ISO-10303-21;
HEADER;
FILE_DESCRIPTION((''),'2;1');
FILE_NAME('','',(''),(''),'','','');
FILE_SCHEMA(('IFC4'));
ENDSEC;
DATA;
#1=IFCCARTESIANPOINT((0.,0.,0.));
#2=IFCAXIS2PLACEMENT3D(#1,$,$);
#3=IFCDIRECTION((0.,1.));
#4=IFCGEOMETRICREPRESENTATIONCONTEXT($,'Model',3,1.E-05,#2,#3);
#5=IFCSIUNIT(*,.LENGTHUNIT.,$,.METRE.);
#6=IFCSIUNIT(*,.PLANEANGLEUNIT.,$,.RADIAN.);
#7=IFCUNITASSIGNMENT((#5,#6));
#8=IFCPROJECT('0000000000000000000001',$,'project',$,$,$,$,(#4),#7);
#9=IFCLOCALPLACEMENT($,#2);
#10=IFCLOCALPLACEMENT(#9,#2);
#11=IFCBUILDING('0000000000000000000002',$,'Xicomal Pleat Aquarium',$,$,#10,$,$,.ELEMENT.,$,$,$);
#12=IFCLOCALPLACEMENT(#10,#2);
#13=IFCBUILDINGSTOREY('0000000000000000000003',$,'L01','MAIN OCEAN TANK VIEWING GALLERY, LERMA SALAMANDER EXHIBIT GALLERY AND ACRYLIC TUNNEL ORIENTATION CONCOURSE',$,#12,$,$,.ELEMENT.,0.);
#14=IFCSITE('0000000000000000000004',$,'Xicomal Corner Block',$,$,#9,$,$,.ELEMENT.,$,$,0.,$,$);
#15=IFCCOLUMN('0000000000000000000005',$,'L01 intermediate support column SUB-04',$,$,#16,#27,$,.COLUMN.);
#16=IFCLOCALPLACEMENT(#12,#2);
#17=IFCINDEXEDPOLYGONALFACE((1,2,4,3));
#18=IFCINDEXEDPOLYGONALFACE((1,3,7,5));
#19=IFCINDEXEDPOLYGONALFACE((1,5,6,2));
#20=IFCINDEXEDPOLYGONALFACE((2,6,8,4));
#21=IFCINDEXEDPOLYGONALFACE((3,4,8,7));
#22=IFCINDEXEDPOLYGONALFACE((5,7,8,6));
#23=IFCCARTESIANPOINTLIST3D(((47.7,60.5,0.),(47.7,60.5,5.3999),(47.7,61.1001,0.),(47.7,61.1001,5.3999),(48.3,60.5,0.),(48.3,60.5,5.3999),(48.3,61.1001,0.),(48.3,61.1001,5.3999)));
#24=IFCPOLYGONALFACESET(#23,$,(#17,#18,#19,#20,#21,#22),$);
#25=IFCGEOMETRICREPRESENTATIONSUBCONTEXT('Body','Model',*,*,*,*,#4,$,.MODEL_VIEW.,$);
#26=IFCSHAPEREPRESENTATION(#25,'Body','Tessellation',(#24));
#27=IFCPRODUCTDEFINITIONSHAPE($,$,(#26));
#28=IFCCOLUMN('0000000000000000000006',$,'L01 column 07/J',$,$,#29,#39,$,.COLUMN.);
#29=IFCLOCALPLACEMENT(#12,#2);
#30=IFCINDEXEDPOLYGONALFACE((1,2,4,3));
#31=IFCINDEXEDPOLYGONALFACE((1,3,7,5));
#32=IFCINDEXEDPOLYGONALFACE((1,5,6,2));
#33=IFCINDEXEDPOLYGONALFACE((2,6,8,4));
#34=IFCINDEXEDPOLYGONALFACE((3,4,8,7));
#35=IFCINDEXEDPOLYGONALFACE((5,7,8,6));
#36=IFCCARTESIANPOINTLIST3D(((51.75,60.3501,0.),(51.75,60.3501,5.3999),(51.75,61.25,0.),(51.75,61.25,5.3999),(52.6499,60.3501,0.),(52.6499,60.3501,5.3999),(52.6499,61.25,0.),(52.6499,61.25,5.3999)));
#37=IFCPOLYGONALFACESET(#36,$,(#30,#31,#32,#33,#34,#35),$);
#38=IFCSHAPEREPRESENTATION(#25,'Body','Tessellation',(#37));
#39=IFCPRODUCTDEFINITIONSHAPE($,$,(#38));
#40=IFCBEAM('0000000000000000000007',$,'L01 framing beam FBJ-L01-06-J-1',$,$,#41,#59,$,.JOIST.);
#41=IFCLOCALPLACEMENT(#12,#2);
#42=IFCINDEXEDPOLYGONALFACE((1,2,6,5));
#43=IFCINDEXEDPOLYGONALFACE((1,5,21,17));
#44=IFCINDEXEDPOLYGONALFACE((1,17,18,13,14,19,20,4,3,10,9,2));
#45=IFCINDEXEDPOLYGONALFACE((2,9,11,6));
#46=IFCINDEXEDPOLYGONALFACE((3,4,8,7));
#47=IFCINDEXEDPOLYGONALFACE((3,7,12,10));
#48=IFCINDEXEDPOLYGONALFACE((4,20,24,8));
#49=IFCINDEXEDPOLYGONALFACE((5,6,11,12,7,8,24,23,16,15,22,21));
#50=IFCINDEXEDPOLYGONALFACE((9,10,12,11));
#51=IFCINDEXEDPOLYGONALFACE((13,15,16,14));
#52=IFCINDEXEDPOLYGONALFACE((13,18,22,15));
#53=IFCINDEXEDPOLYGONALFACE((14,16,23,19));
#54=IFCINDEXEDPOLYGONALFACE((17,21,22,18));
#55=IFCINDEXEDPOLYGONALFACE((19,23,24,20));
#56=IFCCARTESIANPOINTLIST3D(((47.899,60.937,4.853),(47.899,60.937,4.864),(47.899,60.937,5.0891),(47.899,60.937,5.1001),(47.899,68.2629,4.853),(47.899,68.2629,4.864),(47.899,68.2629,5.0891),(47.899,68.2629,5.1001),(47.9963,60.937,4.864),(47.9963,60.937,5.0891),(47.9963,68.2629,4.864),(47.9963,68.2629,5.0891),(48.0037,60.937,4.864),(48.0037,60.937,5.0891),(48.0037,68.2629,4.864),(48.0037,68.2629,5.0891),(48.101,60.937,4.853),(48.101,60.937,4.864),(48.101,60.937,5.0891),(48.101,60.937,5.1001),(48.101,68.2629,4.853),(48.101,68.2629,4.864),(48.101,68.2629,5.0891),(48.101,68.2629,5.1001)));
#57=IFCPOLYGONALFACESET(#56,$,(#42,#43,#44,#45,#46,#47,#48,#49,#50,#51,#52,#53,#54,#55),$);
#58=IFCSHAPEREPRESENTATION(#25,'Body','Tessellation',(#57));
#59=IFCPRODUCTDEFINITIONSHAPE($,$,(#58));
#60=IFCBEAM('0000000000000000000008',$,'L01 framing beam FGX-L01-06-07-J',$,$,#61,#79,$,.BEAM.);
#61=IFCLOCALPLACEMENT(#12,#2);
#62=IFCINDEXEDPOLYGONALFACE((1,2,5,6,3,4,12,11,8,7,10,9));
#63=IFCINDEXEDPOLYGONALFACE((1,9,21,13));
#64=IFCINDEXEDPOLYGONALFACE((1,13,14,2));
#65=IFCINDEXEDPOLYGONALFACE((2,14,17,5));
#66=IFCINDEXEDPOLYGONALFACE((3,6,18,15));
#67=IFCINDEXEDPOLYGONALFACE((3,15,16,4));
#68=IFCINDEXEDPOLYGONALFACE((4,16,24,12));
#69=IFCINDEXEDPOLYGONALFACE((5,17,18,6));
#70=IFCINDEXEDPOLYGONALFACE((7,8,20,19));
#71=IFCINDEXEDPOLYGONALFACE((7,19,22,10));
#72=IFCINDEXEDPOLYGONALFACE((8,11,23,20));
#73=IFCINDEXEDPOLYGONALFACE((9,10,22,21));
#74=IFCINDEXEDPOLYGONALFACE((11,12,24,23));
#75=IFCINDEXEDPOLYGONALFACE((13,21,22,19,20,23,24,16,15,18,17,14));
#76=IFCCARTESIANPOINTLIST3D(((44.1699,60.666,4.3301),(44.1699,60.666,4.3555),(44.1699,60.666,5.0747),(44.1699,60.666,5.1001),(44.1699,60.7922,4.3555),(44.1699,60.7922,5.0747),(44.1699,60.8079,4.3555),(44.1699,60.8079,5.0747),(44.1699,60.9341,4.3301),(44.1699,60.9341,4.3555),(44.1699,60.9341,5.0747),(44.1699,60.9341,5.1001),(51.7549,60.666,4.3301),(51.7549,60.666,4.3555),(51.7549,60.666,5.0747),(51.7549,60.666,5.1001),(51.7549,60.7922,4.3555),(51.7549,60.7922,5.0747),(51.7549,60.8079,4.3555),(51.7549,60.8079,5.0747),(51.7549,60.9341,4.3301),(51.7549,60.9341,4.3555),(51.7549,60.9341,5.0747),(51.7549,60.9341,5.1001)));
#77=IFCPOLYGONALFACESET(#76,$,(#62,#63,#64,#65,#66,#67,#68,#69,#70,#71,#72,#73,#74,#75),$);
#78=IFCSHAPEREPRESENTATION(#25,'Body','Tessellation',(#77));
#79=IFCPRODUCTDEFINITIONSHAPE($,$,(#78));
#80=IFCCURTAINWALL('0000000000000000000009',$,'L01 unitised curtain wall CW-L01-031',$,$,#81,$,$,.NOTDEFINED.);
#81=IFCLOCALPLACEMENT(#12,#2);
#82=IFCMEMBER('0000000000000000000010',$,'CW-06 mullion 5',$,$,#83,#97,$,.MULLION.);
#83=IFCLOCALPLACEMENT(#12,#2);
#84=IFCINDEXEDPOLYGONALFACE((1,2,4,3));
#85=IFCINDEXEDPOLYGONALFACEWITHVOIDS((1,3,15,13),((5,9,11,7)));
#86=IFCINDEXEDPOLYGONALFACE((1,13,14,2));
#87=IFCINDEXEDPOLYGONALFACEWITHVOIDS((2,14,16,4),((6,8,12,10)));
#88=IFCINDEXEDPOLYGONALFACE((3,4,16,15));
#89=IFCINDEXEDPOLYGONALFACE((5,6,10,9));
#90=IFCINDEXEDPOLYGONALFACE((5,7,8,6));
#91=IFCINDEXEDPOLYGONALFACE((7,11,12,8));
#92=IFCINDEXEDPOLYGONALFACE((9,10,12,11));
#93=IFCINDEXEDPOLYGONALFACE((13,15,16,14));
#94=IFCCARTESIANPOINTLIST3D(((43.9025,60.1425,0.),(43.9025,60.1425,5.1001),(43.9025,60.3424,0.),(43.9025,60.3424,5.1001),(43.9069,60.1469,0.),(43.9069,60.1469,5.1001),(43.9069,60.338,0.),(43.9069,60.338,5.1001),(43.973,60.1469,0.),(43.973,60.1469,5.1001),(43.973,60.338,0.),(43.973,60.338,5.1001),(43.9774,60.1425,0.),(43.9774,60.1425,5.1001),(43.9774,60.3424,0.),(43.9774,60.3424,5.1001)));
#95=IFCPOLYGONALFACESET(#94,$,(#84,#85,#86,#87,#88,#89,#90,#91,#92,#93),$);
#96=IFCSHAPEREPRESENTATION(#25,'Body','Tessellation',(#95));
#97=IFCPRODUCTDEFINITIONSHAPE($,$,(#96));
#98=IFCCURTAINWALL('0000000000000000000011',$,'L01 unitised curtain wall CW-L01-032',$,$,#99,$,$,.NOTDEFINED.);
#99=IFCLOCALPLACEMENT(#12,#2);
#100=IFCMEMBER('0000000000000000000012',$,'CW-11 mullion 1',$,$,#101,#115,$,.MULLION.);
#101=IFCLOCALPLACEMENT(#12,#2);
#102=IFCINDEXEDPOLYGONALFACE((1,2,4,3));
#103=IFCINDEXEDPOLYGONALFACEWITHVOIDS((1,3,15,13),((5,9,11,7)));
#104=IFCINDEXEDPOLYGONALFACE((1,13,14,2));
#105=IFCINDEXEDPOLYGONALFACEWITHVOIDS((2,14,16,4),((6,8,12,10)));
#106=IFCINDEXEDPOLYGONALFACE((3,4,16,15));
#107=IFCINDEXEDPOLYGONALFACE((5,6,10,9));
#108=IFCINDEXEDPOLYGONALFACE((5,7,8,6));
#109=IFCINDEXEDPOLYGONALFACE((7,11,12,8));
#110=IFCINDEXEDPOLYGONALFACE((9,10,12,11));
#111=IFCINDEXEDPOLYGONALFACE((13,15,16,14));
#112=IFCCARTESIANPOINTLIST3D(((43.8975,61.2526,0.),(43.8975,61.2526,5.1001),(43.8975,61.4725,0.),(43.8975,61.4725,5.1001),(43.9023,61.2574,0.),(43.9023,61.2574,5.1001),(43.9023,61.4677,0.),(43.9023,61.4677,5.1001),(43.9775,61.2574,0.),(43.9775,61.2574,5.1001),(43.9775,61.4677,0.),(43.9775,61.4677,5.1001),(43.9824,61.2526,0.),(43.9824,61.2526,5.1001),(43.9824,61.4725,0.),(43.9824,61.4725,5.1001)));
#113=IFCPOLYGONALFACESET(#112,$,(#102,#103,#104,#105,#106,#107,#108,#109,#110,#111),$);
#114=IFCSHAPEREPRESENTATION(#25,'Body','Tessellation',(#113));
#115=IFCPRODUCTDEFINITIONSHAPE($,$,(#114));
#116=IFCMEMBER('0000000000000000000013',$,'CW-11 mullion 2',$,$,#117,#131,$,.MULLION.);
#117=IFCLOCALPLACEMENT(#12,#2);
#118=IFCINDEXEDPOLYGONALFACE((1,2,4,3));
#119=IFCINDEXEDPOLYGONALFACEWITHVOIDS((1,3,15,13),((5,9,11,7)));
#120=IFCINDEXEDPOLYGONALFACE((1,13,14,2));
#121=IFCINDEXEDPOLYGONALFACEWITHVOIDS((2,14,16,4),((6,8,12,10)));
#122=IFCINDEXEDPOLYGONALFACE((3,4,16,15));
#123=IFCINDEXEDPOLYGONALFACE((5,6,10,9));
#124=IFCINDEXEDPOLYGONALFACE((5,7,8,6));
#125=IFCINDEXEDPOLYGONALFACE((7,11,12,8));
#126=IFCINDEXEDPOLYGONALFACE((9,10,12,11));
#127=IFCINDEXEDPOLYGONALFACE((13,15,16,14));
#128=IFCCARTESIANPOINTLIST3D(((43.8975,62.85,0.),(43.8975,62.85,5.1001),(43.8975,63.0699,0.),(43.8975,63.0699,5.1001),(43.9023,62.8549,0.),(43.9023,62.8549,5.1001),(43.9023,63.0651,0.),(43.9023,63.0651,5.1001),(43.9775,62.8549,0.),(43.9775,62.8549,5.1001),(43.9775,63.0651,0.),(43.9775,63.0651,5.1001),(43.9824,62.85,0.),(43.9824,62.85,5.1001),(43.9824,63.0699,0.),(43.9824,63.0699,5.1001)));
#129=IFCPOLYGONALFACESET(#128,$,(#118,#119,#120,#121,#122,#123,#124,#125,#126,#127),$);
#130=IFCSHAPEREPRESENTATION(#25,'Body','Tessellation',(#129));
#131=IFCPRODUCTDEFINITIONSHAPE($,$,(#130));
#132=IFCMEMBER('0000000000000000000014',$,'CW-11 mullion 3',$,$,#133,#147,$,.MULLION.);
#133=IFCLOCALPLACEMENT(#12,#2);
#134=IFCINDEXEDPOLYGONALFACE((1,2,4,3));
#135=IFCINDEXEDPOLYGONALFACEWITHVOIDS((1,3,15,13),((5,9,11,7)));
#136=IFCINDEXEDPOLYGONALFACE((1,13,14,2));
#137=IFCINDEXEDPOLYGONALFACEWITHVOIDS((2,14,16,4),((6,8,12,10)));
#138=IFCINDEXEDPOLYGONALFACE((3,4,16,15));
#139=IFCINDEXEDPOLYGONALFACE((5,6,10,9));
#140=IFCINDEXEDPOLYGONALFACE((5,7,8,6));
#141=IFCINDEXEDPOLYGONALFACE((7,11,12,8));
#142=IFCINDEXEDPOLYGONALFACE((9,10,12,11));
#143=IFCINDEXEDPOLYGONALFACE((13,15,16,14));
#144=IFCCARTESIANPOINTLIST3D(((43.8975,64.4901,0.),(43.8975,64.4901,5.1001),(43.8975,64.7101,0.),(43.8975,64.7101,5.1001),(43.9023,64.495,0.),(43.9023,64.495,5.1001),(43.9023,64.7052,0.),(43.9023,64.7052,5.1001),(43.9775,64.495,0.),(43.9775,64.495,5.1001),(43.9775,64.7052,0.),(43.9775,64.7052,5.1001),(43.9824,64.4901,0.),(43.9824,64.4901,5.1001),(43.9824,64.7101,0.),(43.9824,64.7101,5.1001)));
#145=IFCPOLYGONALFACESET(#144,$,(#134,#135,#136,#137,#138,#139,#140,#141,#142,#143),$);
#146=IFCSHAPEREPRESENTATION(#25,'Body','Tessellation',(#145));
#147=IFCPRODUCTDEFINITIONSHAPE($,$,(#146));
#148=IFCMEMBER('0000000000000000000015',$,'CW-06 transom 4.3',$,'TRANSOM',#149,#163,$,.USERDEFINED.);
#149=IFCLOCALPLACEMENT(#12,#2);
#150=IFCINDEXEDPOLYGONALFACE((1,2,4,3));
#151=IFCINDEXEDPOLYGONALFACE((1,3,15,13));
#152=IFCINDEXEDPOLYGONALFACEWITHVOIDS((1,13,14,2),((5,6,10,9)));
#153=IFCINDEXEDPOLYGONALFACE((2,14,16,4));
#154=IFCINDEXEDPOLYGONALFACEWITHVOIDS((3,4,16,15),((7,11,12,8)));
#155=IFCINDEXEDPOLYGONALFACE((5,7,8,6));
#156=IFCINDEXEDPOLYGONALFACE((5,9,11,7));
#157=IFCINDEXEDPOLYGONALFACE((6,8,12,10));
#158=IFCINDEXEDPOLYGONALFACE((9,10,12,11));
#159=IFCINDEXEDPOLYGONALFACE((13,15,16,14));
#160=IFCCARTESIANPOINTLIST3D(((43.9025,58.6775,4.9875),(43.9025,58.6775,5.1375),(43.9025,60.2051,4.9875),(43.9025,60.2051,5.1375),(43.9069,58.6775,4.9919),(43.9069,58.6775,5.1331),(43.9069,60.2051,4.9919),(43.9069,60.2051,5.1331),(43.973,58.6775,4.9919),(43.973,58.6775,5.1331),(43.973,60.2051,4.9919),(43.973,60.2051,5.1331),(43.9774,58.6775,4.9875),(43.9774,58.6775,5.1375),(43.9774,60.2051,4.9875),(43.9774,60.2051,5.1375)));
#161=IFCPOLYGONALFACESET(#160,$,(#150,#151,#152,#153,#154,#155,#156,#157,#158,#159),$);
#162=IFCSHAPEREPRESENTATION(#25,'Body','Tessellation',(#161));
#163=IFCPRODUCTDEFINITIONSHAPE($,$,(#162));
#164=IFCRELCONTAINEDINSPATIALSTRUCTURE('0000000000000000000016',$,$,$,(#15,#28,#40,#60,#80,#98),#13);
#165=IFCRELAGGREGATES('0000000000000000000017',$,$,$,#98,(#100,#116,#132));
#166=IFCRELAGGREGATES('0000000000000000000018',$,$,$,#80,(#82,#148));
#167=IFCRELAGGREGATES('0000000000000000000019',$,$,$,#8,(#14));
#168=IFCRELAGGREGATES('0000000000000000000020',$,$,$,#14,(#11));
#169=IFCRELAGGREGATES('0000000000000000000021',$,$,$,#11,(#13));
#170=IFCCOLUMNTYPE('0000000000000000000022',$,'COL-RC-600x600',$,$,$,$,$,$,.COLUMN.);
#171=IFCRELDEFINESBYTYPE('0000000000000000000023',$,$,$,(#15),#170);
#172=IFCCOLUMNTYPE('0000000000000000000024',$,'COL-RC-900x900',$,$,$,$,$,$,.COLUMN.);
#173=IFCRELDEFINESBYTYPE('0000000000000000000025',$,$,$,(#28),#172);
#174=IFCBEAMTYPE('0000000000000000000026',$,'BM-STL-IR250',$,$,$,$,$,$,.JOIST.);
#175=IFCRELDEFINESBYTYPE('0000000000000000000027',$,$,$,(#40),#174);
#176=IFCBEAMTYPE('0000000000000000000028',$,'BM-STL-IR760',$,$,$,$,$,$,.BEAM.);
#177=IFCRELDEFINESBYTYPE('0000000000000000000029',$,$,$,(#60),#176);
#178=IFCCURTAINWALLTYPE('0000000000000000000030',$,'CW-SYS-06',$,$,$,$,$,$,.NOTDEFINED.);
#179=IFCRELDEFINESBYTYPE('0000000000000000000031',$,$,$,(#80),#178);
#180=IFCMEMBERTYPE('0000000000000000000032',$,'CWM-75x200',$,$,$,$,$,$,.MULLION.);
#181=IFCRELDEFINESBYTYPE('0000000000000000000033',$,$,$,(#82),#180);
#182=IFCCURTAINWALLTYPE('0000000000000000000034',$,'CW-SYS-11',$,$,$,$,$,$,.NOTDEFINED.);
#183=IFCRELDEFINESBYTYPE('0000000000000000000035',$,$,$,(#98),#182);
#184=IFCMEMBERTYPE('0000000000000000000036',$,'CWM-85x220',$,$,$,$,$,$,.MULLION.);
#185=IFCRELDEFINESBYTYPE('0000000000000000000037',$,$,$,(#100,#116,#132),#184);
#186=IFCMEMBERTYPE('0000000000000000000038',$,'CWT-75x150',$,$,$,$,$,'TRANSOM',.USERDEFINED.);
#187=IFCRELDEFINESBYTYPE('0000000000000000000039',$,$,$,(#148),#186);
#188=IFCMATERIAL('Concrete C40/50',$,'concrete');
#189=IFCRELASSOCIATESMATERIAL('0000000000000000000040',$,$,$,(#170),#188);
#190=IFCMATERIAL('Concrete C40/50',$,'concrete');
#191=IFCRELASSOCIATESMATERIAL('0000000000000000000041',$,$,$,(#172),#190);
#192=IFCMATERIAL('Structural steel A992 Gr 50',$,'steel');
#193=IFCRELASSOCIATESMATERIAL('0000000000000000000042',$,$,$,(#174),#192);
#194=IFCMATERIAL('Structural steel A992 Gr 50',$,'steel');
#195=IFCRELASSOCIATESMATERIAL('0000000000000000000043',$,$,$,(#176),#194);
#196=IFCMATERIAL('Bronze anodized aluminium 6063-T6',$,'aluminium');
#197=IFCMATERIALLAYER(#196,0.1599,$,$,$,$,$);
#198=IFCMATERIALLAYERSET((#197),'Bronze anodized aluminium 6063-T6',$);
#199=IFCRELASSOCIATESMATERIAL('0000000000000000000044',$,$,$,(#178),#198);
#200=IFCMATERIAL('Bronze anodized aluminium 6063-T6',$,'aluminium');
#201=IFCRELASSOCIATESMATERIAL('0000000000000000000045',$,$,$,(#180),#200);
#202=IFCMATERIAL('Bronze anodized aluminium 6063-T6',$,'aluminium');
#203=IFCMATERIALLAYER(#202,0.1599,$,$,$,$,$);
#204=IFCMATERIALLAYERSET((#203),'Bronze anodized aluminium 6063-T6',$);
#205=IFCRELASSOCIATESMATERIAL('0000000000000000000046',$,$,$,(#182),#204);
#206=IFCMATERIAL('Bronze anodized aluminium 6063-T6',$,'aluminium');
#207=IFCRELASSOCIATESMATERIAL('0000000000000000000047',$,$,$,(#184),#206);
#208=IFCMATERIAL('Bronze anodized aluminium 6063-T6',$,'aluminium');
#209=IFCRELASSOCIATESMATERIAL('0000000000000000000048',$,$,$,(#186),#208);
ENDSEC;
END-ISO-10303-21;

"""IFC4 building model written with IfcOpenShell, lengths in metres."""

from ifc_helpers import new_model, si_unit, direction, frame, origin, origin_2d, place, context, subcontext, project, spatial, rectangle, hollow_rectangle, i_section, extrude, material, layer, layer_set, material_profile, profile_set, type_object, element, aggregate, save


model = new_model("IFC4")

# Units and contexts
model_context = context("Model", 3, precision=1e-05, world=origin(), true_north=direction((0.0, 1.0)))
body_context = subcontext(model_context, "Body", "Model", "MODEL_VIEW")
ifc_project = project(units=[si_unit("LENGTHUNIT", "METRE"), si_unit("PLANEANGLEUNIT", "RADIAN")], contexts=[model_context])

# Site, building, storey
site_placement = place(None, origin())
site = spatial("IfcSite", under=ifc_project, at=site_placement, Name="Xicomal Corner Block", CompositionType="ELEMENT", RefElevation=0.0)
building_placement = place(site_placement, origin())
building = spatial("IfcBuilding", under=site, at=building_placement, Name="Xicomal Pleat Aquarium", CompositionType="ELEMENT")
storey_placement = place(building_placement, origin())
storey = spatial("IfcBuildingStorey", under=building, at=storey_placement, Name="L01", Description="MAIN OCEAN TANK VIEWING GALLERY, LERMA SALAMANDER EXHIBIT GALLERY AND ACRYLIC TUNNEL ORIENTATION CONCOURSE", CompositionType="ELEMENT", Elevation=0.0)

# Columns
ifc_material_1 = material(Name="Concrete C40/50", Category="concrete")
ifc_material_profile_1 = material_profile(ifc_material_1, rectangle(XDim=0.6001, YDim=0.6001, at=origin_2d()), Name="RC 600x600")
ifc_profile_set_1 = profile_set([ifc_material_profile_1], Name="Concrete C40/50")
column_type_1 = type_object("IfcColumnType", Name="COL-RC-600x600", PredefinedType="COLUMN", material=ifc_profile_set_1)
column_1_placement = place(storey_placement, frame((48.0, 60.8, 0.0), z_axis=(0.0, 0.0, 1.0), x_axis=(1.0, 0.0, 0.0)))
element("IfcColumn", 1, at=column_1_placement, inside=storey, type_object=column_type_1, Name="L01 intermediate support column SUB-04", PredefinedType="COLUMN", context=body_context, shape_type="SweptSolid", body=[
    extrude(rectangle(XDim=0.6001, YDim=0.6001, at=origin_2d()), origin(), (0.0, 0.0, 1.0), 5.3999),
])
ifc_material_2 = material(Name="Concrete C40/50", Category="concrete")
ifc_material_profile_2 = material_profile(ifc_material_2, rectangle(XDim=0.8999, YDim=0.8999, at=origin_2d()), Name="RC 900x900")
ifc_profile_set_2 = profile_set([ifc_material_profile_2], Name="Concrete C40/50")
column_type_2 = type_object("IfcColumnType", Name="COL-RC-900x900", PredefinedType="COLUMN", material=ifc_profile_set_2)
column_2_placement = place(storey_placement, frame((52.2, 60.8, 0.0), z_axis=(0.0, 0.0, 1.0), x_axis=(1.0, 0.0, 0.0)))
element("IfcColumn", 2, at=column_2_placement, inside=storey, type_object=column_type_2, Name="L01 column 07/J", PredefinedType="COLUMN", context=body_context, shape_type="SweptSolid", body=[
    extrude(rectangle(XDim=0.8999, YDim=0.8999, at=origin_2d()), origin(), (0.0, 0.0, 1.0), 5.3999),
])

# Beams
ifc_material_3 = material(Name="Structural steel A992 Gr 50", Category="steel")
ifc_material_profile_3 = material_profile(ifc_material_3, i_section(OverallWidth=0.2019, OverallDepth=0.2471, WebThickness=0.0073, FlangeThickness=0.011, at=origin_2d()), Name="IR 250x49")
ifc_profile_set_3 = profile_set([ifc_material_profile_3], Name="Structural steel A992 Gr 50")
beam_type_1 = type_object("IfcBeamType", Name="BM-STL-IR250", PredefinedType="JOIST", material=ifc_profile_set_3)
beam_1_placement = place(storey_placement, frame((48.0, 60.937, 4.9766), z_axis=(0.0, 1.0, 0.0), x_axis=(-1.0, 0.0, 0.0)))
element("IfcBeam", 3, at=beam_1_placement, inside=storey, type_object=beam_type_1, Name="L01 framing beam FBJ-L01-06-J-1", PredefinedType="JOIST", context=body_context, shape_type="SweptSolid", body=[
    extrude(i_section(OverallWidth=0.2019, OverallDepth=0.2471, WebThickness=0.0073, FlangeThickness=0.011, at=origin_2d()), origin(), (0.0, 0.0, 1.0), 7.3259),
])
ifc_material_4 = material(Name="Structural steel A992 Gr 50", Category="steel")
ifc_material_profile_4 = material_profile(ifc_material_4, i_section(OverallWidth=0.2681, OverallDepth=0.77, WebThickness=0.0156, FlangeThickness=0.0254, at=origin_2d()), Name="IR 760x196")
ifc_profile_set_4 = profile_set([ifc_material_profile_4], Name="Structural steel A992 Gr 50")
beam_type_2 = type_object("IfcBeamType", Name="BM-STL-IR760", PredefinedType="BEAM", material=ifc_profile_set_4)
beam_2_placement = place(storey_placement, frame((44.1699, 60.8, 4.7151), z_axis=(1.0, 0.0, 0.0), x_axis=(0.0, 1.0, 0.0)))
element("IfcBeam", 4, at=beam_2_placement, inside=storey, type_object=beam_type_2, Name="L01 framing beam FGX-L01-06-07-J", PredefinedType="BEAM", context=body_context, shape_type="SweptSolid", body=[
    extrude(i_section(OverallWidth=0.2681, OverallDepth=0.77, WebThickness=0.0156, FlangeThickness=0.0254, at=origin_2d()), origin(), (0.0, 0.0, 1.0), 7.585),
])

# Curtain wall, member
ifc_material_5 = material(Name="Bronze anodized aluminium 6063-T6", Category="aluminium")
ifc_layer_1 = layer(ifc_material_5, 0.1599)
ifc_layer_set_1 = layer_set([ifc_layer_1], Name="Bronze anodized aluminium 6063-T6")
curtain_wall_type_1 = type_object("IfcCurtainWallType", Name="CW-SYS-06", PredefinedType="NOTDEFINED", material=ifc_layer_set_1)
curtain_wall_1_placement = place(storey_placement, origin())
curtain_wall_1 = element("IfcCurtainWall", 5, at=curtain_wall_1_placement, inside=storey, type_object=curtain_wall_type_1, Name="L01 unitised curtain wall CW-L01-031", PredefinedType="NOTDEFINED")
ifc_material_6 = material(Name="Bronze anodized aluminium 6063-T6", Category="aluminium")
ifc_material_profile_5 = material_profile(ifc_material_6, hollow_rectangle(XDim=0.075, YDim=0.2, WallThickness=0.0044, at=origin_2d()), Name="ALU MULL 75x200")
ifc_profile_set_5 = profile_set([ifc_material_profile_5], Name="Bronze anodized aluminium 6063-T6")
member_type_1 = type_object("IfcMemberType", Name="CWM-75x200", PredefinedType="MULLION", material=ifc_profile_set_5)
member_1_placement = place(storey_placement, frame((43.9399, 60.2424, 0.0), z_axis=(0.0, 0.0, 1.0), x_axis=(-1.0, 0.0, 0.0)))
member_1 = element("IfcMember", 6, at=member_1_placement, type_object=member_type_1, Name="CW-06 mullion 5", PredefinedType="MULLION", context=body_context, shape_type="SweptSolid", body=[
    extrude(hollow_rectangle(XDim=0.075, YDim=0.2, WallThickness=0.0044, at=origin_2d()), origin(), (0.0, 0.0, 1.0), 5.1001),
])

# Curtain wall, members
ifc_material_7 = material(Name="Bronze anodized aluminium 6063-T6", Category="aluminium")
ifc_layer_2 = layer(ifc_material_7, 0.1599)
ifc_layer_set_2 = layer_set([ifc_layer_2], Name="Bronze anodized aluminium 6063-T6")
curtain_wall_type_2 = type_object("IfcCurtainWallType", Name="CW-SYS-11", PredefinedType="NOTDEFINED", material=ifc_layer_set_2)
curtain_wall_2_placement = place(storey_placement, origin())
curtain_wall_2 = element("IfcCurtainWall", 7, at=curtain_wall_2_placement, inside=storey, type_object=curtain_wall_type_2, Name="L01 unitised curtain wall CW-L01-032", PredefinedType="NOTDEFINED")
ifc_material_8 = material(Name="Bronze anodized aluminium 6063-T6", Category="aluminium")
ifc_material_profile_6 = material_profile(ifc_material_8, hollow_rectangle(XDim=0.085, YDim=0.22, WallThickness=0.0049, at=origin_2d()), Name="ALU MULL 85x220")
ifc_profile_set_6 = profile_set([ifc_material_profile_6], Name="Bronze anodized aluminium 6063-T6")
member_type_2 = type_object("IfcMemberType", Name="CWM-85x220", PredefinedType="MULLION", material=ifc_profile_set_6)
member_2_placement = place(storey_placement, frame((43.9399, 61.3625, 0.0), z_axis=(0.0, 0.0, 1.0), x_axis=(-1.0, 0.0, 0.0)))
member_2 = element("IfcMember", 8, at=member_2_placement, type_object=member_type_2, Name="CW-11 mullion 1", PredefinedType="MULLION", context=body_context, shape_type="SweptSolid", body=[
    extrude(hollow_rectangle(XDim=0.085, YDim=0.22, WallThickness=0.0049, at=origin_2d()), origin(), (0.0, 0.0, 1.0), 5.1001),
])
member_3_placement = place(storey_placement, frame((43.9399, 62.96, 0.0), z_axis=(0.0, 0.0, 1.0), x_axis=(-1.0, 0.0, 0.0)))
member_3 = element("IfcMember", 9, at=member_3_placement, type_object=member_type_2, Name="CW-11 mullion 2", PredefinedType="MULLION", context=body_context, shape_type="SweptSolid", body=[
    extrude(hollow_rectangle(XDim=0.085, YDim=0.22, WallThickness=0.0049, at=origin_2d()), origin(), (0.0, 0.0, 1.0), 5.1001),
])
member_4_placement = place(storey_placement, frame((43.9399, 64.6001, 0.0), z_axis=(0.0, 0.0, 1.0), x_axis=(-1.0, 0.0, 0.0)))
member_4 = element("IfcMember", 10, at=member_4_placement, type_object=member_type_2, Name="CW-11 mullion 3", PredefinedType="MULLION", context=body_context, shape_type="SweptSolid", body=[
    extrude(hollow_rectangle(XDim=0.085, YDim=0.22, WallThickness=0.0049, at=origin_2d()), origin(), (0.0, 0.0, 1.0), 5.1001),
])

# Member
ifc_material_9 = material(Name="Bronze anodized aluminium 6063-T6", Category="aluminium")
ifc_material_profile_7 = material_profile(ifc_material_9, hollow_rectangle(XDim=0.075, YDim=0.1499, WallThickness=0.0044, at=origin_2d()), Name="ALU TRAN 75x150")
ifc_profile_set_7 = profile_set([ifc_material_profile_7], Name="Bronze anodized aluminium 6063-T6")
member_type_3 = type_object("IfcMemberType", Name="CWT-75x150", ElementType="TRANSOM", PredefinedType="USERDEFINED", material=ifc_profile_set_7)
member_5_placement = place(storey_placement, frame((43.9399, 58.6775, 5.0625), z_axis=(0.0, 1.0, 0.0), x_axis=(-1.0, 0.0, 0.0)))
member_5 = element("IfcMember", 11, at=member_5_placement, type_object=member_type_3, Name="CW-06 transom 4.3", ObjectType="TRANSOM", PredefinedType="USERDEFINED", context=body_context, shape_type="SweptSolid", body=[
    extrude(hollow_rectangle(XDim=0.075, YDim=0.1499, WallThickness=0.0044, at=origin_2d()), origin(), (0.0, 0.0, 1.0), 1.5276),
])

aggregate(curtain_wall_2, [member_2, member_3, member_4])
aggregate(curtain_wall_1, [member_1, member_5])

save(model, "model.ifc")
